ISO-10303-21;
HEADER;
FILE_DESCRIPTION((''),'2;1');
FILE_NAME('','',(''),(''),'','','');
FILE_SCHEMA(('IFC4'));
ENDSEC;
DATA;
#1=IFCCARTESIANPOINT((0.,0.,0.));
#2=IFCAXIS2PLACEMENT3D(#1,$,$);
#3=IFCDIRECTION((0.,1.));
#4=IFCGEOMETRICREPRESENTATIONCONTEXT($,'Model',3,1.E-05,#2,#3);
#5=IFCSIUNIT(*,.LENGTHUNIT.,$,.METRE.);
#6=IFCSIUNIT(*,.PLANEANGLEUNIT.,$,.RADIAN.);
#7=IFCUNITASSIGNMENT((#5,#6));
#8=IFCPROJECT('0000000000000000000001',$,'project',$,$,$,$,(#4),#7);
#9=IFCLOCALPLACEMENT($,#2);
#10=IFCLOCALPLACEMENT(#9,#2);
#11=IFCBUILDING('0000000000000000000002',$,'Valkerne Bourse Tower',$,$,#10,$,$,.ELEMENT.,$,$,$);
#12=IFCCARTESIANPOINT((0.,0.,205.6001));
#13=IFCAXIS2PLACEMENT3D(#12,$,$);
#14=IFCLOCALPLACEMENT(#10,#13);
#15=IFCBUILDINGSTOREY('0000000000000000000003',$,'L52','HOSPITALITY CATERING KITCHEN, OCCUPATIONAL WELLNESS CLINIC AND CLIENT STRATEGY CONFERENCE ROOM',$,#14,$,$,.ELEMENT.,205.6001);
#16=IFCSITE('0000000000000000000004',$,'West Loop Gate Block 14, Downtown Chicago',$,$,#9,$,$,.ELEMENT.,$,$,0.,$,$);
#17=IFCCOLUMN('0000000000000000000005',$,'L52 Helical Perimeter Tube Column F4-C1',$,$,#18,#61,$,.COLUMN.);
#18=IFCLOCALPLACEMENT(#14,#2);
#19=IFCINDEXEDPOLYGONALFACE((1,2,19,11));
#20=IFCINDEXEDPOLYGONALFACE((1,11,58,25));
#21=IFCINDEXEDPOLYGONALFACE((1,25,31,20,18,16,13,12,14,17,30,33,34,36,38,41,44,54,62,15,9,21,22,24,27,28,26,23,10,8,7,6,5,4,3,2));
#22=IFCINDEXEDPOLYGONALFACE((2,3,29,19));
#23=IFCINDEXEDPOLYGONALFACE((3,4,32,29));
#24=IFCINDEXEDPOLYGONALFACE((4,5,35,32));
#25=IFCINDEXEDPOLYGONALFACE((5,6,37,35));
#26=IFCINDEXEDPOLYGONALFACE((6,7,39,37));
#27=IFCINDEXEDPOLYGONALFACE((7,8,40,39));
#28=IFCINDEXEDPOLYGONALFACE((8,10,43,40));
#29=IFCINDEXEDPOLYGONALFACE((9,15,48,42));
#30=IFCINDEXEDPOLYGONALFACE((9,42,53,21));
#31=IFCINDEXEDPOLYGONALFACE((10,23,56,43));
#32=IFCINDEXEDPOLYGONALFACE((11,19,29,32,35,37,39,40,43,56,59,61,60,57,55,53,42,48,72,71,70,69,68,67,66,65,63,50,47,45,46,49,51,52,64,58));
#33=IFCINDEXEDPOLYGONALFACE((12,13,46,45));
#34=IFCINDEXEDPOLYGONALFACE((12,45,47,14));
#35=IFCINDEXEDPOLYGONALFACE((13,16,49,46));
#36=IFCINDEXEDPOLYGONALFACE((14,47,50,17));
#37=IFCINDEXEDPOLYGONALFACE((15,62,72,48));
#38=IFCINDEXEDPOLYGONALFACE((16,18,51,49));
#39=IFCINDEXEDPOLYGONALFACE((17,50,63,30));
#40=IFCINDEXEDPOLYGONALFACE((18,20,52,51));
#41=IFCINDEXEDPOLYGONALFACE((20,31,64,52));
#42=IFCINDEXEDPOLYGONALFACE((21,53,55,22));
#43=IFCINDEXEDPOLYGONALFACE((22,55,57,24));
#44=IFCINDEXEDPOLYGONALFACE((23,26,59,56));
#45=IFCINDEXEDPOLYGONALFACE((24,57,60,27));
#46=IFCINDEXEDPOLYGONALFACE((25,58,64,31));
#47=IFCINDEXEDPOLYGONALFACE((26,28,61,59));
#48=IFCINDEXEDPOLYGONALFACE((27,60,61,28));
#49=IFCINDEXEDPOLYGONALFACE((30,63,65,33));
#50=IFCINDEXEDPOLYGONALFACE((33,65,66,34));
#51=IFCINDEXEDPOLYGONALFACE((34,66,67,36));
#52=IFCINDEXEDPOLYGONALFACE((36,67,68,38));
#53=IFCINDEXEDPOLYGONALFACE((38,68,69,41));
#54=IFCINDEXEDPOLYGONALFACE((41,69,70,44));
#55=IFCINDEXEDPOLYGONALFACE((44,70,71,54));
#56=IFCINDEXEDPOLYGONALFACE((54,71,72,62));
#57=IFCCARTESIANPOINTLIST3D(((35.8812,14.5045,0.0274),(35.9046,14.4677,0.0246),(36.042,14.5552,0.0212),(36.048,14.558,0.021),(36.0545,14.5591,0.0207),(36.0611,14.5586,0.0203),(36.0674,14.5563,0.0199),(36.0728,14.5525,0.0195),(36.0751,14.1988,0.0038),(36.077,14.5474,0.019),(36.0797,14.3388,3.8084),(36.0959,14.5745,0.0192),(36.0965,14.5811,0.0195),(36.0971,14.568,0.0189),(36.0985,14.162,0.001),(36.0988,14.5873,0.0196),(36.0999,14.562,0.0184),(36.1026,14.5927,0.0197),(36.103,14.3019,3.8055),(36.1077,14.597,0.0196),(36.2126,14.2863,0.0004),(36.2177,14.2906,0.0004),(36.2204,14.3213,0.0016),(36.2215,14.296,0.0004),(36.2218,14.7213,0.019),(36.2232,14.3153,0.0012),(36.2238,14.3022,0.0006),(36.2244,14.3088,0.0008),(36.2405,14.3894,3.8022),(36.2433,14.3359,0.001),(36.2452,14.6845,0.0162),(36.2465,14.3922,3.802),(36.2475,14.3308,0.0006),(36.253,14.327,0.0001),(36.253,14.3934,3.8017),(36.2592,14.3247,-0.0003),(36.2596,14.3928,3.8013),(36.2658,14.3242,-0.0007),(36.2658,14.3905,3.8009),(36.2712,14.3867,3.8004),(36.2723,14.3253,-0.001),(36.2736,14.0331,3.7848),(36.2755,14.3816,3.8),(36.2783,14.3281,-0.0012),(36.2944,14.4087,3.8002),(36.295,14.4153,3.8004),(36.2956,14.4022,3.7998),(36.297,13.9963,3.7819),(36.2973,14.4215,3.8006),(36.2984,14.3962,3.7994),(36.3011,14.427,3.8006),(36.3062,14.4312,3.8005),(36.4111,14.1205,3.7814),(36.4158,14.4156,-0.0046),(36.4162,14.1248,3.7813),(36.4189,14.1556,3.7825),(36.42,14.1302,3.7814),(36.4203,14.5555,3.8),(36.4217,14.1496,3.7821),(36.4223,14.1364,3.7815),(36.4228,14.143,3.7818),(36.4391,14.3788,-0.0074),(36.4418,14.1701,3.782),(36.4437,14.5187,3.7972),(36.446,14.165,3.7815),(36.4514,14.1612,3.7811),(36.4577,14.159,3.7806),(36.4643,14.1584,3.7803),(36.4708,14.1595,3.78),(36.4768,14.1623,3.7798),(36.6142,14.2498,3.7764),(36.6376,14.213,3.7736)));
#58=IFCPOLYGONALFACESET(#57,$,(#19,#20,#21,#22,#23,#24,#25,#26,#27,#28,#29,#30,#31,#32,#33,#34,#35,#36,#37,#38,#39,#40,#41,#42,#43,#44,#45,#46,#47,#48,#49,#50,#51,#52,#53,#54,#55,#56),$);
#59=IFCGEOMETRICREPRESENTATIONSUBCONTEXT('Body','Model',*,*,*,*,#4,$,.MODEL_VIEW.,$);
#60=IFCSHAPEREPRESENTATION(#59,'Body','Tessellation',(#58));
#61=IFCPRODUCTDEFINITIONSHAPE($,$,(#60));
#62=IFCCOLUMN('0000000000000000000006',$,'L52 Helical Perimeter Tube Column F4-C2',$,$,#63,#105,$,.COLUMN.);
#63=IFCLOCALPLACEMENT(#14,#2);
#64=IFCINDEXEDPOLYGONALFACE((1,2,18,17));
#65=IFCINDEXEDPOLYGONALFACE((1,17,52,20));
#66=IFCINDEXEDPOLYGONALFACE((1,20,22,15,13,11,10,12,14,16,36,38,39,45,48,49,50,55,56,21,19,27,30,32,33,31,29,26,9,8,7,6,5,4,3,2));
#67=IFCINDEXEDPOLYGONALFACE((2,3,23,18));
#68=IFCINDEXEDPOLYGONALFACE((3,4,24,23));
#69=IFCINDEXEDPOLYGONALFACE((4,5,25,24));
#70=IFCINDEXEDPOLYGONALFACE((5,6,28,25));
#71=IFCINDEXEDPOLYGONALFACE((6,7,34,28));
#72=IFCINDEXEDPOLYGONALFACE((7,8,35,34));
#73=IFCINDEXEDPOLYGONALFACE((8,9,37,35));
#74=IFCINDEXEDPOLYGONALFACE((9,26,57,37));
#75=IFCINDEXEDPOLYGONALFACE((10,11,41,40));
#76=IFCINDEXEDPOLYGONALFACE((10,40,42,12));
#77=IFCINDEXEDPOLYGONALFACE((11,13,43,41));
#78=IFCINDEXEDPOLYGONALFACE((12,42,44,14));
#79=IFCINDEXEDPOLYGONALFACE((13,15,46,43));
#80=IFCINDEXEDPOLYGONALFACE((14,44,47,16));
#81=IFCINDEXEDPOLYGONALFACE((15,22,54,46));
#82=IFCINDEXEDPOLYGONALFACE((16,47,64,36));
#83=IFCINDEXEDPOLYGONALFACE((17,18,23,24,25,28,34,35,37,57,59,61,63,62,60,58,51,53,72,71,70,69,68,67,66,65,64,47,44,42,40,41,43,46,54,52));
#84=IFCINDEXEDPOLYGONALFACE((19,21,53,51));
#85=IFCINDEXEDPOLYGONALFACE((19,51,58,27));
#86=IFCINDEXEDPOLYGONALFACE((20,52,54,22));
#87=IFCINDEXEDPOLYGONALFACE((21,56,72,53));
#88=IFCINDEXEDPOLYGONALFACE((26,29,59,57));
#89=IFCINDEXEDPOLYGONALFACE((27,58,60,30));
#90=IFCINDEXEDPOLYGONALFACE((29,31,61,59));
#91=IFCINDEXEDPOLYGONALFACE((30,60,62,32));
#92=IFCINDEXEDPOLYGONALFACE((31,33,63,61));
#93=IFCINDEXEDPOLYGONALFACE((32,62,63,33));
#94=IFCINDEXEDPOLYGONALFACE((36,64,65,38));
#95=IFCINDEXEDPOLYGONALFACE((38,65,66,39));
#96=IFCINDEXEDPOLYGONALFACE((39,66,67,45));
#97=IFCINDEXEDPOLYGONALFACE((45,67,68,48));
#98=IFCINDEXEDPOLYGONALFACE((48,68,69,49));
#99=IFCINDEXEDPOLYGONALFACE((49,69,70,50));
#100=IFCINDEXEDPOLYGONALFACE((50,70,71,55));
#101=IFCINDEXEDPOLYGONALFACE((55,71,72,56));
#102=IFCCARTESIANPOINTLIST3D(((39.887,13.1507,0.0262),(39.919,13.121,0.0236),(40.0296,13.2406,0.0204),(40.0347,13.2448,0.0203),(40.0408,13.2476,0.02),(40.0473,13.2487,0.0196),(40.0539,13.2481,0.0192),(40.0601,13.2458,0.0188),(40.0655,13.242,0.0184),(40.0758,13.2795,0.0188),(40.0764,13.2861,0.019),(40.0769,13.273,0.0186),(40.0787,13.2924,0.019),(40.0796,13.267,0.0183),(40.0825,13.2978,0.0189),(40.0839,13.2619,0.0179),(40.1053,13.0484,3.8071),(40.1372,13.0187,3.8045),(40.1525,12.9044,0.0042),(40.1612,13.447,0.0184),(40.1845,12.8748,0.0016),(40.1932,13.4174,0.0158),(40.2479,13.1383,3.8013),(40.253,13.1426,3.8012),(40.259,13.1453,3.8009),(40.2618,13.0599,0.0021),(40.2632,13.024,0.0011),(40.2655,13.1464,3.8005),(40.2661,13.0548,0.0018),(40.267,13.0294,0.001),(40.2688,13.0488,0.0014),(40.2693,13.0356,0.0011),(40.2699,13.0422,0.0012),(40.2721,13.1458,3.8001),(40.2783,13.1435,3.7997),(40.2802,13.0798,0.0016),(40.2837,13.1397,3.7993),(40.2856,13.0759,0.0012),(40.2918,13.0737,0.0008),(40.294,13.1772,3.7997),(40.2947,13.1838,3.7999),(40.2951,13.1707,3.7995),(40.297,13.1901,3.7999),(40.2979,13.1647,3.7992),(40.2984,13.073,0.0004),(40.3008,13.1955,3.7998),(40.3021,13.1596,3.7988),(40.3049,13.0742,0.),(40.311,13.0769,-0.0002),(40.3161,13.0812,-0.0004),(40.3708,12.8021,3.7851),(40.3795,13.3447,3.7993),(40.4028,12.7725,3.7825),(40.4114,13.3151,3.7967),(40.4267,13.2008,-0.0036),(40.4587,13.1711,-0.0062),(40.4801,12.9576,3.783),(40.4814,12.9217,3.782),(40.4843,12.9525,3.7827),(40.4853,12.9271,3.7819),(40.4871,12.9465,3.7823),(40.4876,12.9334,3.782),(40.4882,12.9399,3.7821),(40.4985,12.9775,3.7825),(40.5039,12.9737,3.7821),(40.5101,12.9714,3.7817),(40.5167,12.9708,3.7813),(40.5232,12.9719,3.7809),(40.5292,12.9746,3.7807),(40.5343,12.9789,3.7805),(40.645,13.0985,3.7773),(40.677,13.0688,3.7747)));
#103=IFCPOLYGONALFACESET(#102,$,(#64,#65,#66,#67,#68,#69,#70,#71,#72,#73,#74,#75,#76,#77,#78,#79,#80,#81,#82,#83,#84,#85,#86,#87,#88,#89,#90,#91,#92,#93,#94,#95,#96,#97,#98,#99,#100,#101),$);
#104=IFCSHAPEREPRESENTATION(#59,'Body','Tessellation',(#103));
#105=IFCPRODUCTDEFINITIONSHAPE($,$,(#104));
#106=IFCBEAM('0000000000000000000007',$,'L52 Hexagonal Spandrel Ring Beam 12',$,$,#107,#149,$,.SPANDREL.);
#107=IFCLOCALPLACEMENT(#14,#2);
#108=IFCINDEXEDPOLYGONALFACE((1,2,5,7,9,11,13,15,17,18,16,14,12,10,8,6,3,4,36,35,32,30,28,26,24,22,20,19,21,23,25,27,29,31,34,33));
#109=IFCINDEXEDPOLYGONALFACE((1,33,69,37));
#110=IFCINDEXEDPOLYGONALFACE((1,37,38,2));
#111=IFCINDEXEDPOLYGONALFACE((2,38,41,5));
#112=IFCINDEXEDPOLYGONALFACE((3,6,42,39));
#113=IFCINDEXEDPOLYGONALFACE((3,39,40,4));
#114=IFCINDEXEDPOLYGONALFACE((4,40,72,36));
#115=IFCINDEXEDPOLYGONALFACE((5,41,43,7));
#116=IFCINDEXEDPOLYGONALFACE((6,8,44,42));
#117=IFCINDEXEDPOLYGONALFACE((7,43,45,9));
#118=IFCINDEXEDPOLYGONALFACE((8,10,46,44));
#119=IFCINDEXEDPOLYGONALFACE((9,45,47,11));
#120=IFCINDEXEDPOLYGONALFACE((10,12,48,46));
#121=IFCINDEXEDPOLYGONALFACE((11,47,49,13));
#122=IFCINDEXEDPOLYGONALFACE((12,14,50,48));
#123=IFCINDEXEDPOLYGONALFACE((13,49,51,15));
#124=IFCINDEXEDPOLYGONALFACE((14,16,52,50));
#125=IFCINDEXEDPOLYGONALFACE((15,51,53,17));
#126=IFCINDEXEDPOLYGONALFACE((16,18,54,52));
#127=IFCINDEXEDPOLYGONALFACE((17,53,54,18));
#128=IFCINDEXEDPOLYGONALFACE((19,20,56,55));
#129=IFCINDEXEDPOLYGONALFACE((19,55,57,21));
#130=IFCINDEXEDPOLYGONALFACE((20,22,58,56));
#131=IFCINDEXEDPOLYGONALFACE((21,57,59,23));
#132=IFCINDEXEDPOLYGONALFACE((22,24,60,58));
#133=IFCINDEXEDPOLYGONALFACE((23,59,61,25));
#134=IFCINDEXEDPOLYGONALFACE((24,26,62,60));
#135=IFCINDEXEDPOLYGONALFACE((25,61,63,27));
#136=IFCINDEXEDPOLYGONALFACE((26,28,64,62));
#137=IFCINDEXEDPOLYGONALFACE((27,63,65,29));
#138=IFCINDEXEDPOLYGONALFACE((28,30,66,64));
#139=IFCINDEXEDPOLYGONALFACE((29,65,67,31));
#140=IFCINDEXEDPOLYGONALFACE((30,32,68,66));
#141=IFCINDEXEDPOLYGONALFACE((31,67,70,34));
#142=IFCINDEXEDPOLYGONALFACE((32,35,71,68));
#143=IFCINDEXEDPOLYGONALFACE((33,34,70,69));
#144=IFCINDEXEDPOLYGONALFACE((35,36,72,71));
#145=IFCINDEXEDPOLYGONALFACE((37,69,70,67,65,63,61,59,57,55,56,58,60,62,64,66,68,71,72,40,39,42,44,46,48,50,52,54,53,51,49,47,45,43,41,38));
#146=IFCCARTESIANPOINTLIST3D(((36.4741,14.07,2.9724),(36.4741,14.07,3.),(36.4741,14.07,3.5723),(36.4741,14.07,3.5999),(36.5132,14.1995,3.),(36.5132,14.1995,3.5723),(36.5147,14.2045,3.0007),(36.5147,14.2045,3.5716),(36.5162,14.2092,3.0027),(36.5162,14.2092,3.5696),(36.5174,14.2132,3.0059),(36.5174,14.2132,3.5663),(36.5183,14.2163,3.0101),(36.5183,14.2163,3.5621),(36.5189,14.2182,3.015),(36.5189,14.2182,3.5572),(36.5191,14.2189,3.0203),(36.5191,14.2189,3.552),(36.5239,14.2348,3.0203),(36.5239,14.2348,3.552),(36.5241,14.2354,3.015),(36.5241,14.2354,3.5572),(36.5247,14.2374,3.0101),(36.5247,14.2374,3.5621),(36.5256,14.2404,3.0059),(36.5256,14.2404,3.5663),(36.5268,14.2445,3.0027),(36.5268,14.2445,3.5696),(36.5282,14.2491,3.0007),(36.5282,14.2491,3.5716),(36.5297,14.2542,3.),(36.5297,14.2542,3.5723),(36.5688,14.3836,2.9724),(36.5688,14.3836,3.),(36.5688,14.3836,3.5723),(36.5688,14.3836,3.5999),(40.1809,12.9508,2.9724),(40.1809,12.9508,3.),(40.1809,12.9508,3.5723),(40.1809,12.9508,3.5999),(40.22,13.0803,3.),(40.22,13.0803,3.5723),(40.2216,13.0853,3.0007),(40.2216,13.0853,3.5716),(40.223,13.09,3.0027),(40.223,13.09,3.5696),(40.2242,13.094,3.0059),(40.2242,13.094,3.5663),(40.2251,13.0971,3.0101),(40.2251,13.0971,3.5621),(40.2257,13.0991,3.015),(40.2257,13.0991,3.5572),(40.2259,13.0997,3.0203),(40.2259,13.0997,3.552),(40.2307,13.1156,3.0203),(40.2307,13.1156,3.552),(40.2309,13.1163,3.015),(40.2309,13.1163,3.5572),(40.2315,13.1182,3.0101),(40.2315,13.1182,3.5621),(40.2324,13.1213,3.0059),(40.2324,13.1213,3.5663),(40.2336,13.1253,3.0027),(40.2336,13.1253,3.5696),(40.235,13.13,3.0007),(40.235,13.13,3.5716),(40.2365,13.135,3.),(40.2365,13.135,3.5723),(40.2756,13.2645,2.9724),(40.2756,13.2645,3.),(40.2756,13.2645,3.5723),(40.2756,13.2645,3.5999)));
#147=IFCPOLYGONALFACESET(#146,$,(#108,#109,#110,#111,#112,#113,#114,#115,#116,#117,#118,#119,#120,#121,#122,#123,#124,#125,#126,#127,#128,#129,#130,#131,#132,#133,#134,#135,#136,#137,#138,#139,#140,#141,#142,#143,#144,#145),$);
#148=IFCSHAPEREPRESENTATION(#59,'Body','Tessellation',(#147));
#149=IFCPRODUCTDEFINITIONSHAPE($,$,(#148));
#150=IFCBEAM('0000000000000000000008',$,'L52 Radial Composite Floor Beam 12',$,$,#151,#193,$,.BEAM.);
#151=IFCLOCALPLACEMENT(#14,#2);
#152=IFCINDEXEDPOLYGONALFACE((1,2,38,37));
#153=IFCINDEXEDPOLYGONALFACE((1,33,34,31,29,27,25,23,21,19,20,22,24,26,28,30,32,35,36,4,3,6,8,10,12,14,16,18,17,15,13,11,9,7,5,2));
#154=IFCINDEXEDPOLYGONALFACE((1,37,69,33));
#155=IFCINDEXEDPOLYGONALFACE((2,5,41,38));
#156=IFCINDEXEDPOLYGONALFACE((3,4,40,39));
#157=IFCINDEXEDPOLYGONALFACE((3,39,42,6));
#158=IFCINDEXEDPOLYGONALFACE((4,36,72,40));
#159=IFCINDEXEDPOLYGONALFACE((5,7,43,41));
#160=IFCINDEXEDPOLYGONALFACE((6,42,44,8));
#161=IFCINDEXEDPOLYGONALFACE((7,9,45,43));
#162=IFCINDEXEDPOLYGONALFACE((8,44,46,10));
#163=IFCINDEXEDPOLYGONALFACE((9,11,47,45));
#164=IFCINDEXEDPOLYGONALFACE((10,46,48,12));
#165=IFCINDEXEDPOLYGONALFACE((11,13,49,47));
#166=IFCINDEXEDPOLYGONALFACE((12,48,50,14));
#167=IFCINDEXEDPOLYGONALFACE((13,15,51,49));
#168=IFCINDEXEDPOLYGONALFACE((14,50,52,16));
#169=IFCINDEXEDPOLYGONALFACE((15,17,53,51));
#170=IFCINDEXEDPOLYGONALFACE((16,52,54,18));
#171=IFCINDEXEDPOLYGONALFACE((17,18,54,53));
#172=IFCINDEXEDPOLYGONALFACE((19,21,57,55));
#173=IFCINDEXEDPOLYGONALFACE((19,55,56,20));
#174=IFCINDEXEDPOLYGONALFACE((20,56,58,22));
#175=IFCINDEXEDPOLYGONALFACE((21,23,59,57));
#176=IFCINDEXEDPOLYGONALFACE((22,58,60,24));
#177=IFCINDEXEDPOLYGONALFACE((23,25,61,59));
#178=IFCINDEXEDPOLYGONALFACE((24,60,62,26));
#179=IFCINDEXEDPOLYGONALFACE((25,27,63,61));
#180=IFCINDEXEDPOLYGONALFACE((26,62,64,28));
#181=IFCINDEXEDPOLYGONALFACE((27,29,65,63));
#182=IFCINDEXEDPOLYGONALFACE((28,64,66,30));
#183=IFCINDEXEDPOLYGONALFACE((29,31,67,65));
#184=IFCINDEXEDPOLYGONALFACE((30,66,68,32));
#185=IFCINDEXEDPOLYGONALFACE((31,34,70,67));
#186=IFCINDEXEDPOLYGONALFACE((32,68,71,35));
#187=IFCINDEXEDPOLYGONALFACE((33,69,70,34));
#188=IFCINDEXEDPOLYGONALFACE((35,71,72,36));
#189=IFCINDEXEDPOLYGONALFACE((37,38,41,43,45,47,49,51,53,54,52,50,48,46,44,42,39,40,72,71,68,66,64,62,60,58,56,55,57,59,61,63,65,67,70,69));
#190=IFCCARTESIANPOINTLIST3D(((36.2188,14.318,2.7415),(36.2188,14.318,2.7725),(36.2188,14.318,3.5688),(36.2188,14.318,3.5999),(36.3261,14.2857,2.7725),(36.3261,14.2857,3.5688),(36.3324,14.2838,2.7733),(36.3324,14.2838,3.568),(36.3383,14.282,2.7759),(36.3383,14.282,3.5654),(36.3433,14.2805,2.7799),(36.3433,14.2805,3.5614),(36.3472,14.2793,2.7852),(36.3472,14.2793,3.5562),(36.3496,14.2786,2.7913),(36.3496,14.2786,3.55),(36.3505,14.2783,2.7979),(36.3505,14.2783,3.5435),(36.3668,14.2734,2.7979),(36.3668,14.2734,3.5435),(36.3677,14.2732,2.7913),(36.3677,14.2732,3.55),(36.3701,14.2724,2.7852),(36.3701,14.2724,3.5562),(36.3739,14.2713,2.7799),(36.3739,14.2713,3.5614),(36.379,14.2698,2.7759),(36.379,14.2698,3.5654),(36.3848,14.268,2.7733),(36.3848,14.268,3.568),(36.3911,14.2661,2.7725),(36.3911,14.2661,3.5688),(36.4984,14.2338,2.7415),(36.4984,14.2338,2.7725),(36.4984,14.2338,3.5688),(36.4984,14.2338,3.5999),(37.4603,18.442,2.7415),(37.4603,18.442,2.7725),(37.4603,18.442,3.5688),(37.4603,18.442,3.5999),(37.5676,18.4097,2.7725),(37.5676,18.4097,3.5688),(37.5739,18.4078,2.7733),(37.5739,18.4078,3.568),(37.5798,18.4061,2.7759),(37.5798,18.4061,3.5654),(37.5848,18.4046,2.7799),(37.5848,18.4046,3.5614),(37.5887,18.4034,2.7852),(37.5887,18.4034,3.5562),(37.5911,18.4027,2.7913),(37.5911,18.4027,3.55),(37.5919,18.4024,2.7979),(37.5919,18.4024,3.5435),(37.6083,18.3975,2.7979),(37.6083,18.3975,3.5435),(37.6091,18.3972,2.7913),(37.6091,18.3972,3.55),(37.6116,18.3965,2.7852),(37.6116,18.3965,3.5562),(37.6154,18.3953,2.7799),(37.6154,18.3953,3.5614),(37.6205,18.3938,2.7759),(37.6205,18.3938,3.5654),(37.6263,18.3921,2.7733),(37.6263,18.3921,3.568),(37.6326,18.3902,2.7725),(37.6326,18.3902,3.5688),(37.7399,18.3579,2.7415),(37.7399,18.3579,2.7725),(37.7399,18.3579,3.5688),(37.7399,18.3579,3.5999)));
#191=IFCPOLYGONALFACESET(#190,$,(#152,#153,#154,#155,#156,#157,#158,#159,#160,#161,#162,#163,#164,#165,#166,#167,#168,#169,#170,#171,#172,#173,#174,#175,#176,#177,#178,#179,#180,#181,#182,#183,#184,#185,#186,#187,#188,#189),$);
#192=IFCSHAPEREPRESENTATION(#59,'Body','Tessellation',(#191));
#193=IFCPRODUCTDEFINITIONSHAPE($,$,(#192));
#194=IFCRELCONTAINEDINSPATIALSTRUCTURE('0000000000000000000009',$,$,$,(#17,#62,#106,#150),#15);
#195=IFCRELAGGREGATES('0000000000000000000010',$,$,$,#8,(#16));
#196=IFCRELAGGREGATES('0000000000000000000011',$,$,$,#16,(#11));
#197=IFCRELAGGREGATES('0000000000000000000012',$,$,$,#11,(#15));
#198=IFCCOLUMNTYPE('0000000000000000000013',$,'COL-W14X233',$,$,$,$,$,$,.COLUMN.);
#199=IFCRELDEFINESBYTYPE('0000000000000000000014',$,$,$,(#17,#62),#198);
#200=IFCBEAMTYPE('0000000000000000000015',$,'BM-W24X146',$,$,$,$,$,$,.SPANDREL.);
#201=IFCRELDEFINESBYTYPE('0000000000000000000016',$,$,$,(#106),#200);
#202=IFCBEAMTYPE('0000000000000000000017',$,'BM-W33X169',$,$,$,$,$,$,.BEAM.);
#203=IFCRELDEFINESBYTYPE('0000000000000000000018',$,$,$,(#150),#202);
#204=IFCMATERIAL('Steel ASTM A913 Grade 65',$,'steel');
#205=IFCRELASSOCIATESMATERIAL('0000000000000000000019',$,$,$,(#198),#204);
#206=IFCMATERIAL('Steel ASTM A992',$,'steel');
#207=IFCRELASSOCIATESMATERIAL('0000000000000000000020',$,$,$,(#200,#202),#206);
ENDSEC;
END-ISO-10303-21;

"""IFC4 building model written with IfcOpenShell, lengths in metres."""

from ifc_helpers import new_model, si_unit, direction, frame, origin, origin_2d, place, context, subcontext, project, spatial, i_section, extrude, material, material_profile, profile_set, type_object, element, save


model = new_model("IFC4")

# Units and contexts
model_context = context("Model", 3, precision=1e-05, world=origin(), true_north=direction((0.0, 1.0)))
body_context = subcontext(model_context, "Body", "Model", "MODEL_VIEW")
ifc_project = project(units=[si_unit("LENGTHUNIT", "METRE"), si_unit("PLANEANGLEUNIT", "RADIAN")], contexts=[model_context])

# Site, building, storey
site_placement = place(None, origin())
site = spatial("IfcSite", under=ifc_project, at=site_placement, Name="West Loop Gate Block 14, Downtown Chicago", CompositionType="ELEMENT", RefElevation=0.0)
building_placement = place(site_placement, origin())
building = spatial("IfcBuilding", under=site, at=building_placement, Name="Valkerne Bourse Tower", CompositionType="ELEMENT")
storey_placement = place(building_placement, frame((0.0, 0.0, 205.6001)))
storey = spatial("IfcBuildingStorey", under=building, at=storey_placement, Name="L52", Description="HOSPITALITY CATERING KITCHEN, OCCUPATIONAL WELLNESS CLINIC AND CLIENT STRATEGY CONFERENCE ROOM", CompositionType="ELEMENT", Elevation=205.6001)

# Columns
ifc_material_1 = material(Name="Steel ASTM A913 Grade 65", Category="steel")
ifc_material_profile_1 = material_profile(ifc_material_1, i_section(OverallWidth=0.4038, OverallDepth=0.4065, WebThickness=0.0271, FlangeThickness=0.0437, FilletRadius=0.0254, at=origin_2d()), Name="W14X233")
ifc_profile_set_1 = profile_set([ifc_material_profile_1], Name="Steel ASTM A913 Grade 65")
column_type = type_object("IfcColumnType", Name="COL-W14X233", PredefinedType="COLUMN", material=ifc_profile_set_1)
column_1_placement = place(storey_placement, frame((36.1602, 14.4417, 0.01), z_axis=(0.052373, -0.043741, 0.997669), x_axis=(0.843484, 0.536754, -0.020746)))
element("IfcColumn", 1, at=column_1_placement, inside=storey, type_object=column_type, Name="L52 Helical Perimeter Tube Column F4-C1", PredefinedType="COLUMN", context=body_context, shape_type="SweptSolid", body=[
    extrude(i_section(OverallWidth=0.4038, OverallDepth=0.4065, WebThickness=0.0271, FlangeThickness=0.0437, FilletRadius=0.0254, at=origin_2d()), origin(), (0.0, 0.0, 1.0), 3.7898),
])
column_2_placement = place(storey_placement, frame((40.1729, 13.1609, 0.01), z_axis=(0.057609, -0.027, 0.997974), x_axis=(0.679031, 0.733854, -0.019343)))
element("IfcColumn", 2, at=column_2_placement, inside=storey, type_object=column_type, Name="L52 Helical Perimeter Tube Column F4-C2", PredefinedType="COLUMN", context=body_context, shape_type="SweptSolid", body=[
    extrude(i_section(OverallWidth=0.4038, OverallDepth=0.4065, WebThickness=0.0271, FlangeThickness=0.0437, FilletRadius=0.0254, at=origin_2d()), origin(), (0.0, 0.0, 1.0), 3.7886),
])

# Beams
ifc_material_2 = material(Name="Steel ASTM A992", Category="steel")
ifc_material_profile_2 = material_profile(ifc_material_2, i_section(OverallWidth=0.3276, OverallDepth=0.6274, WebThickness=0.0166, FlangeThickness=0.0276, FilletRadius=0.0203, at=origin_2d()), Name="W24X146")
ifc_profile_set_2 = profile_set([ifc_material_profile_2], Name="Steel ASTM A992")
beam_type_1 = type_object("IfcBeamType", Name="BM-W24X146", PredefinedType="SPANDREL", material=ifc_profile_set_2)
beam_1_placement = place(storey_placement, frame((36.5215, 14.2268, 3.2861), z_axis=(0.95732, -0.289031, 0.0), x_axis=(0.289031, 0.95732, 0.0)))
element("IfcBeam", 3, at=beam_1_placement, inside=storey, type_object=beam_type_1, Name="L52 Hexagonal Spandrel Ring Beam 12", PredefinedType="SPANDREL", context=body_context, shape_type="SweptSolid", body=[
    extrude(i_section(OverallWidth=0.3276, OverallDepth=0.6274, WebThickness=0.0166, FlangeThickness=0.0276, FilletRadius=0.0203, at=origin_2d()), origin(), (0.0, 0.0, 1.0), 3.8721),
])
ifc_material_profile_3 = material_profile(ifc_material_2, i_section(OverallWidth=0.292, OverallDepth=0.8584, WebThickness=0.0171, FlangeThickness=0.031, FilletRadius=0.0254, at=origin_2d()), Name="W33X169")
ifc_profile_set_3 = profile_set([ifc_material_profile_3], Name="Steel ASTM A992")
beam_type_2 = type_object("IfcBeamType", Name="BM-W33X169", PredefinedType="BEAM", material=ifc_profile_set_3)
beam_2_placement = place(storey_placement, frame((36.3586, 14.2759, 3.1707), z_axis=(0.288253, 0.957554, 0.0), x_axis=(-0.957554, 0.288253, 0.0)))
element("IfcBeam", 4, at=beam_2_placement, inside=storey, type_object=beam_type_2, Name="L52 Radial Composite Floor Beam 12", PredefinedType="BEAM", context=body_context, shape_type="SweptSolid", body=[
    extrude(i_section(OverallWidth=0.292, OverallDepth=0.8584, WebThickness=0.0171, FlangeThickness=0.031, FilletRadius=0.0254, at=origin_2d()), origin(), (0.0, 0.0, 1.0), 4.3069),
])

save(model, "model.ifc")
